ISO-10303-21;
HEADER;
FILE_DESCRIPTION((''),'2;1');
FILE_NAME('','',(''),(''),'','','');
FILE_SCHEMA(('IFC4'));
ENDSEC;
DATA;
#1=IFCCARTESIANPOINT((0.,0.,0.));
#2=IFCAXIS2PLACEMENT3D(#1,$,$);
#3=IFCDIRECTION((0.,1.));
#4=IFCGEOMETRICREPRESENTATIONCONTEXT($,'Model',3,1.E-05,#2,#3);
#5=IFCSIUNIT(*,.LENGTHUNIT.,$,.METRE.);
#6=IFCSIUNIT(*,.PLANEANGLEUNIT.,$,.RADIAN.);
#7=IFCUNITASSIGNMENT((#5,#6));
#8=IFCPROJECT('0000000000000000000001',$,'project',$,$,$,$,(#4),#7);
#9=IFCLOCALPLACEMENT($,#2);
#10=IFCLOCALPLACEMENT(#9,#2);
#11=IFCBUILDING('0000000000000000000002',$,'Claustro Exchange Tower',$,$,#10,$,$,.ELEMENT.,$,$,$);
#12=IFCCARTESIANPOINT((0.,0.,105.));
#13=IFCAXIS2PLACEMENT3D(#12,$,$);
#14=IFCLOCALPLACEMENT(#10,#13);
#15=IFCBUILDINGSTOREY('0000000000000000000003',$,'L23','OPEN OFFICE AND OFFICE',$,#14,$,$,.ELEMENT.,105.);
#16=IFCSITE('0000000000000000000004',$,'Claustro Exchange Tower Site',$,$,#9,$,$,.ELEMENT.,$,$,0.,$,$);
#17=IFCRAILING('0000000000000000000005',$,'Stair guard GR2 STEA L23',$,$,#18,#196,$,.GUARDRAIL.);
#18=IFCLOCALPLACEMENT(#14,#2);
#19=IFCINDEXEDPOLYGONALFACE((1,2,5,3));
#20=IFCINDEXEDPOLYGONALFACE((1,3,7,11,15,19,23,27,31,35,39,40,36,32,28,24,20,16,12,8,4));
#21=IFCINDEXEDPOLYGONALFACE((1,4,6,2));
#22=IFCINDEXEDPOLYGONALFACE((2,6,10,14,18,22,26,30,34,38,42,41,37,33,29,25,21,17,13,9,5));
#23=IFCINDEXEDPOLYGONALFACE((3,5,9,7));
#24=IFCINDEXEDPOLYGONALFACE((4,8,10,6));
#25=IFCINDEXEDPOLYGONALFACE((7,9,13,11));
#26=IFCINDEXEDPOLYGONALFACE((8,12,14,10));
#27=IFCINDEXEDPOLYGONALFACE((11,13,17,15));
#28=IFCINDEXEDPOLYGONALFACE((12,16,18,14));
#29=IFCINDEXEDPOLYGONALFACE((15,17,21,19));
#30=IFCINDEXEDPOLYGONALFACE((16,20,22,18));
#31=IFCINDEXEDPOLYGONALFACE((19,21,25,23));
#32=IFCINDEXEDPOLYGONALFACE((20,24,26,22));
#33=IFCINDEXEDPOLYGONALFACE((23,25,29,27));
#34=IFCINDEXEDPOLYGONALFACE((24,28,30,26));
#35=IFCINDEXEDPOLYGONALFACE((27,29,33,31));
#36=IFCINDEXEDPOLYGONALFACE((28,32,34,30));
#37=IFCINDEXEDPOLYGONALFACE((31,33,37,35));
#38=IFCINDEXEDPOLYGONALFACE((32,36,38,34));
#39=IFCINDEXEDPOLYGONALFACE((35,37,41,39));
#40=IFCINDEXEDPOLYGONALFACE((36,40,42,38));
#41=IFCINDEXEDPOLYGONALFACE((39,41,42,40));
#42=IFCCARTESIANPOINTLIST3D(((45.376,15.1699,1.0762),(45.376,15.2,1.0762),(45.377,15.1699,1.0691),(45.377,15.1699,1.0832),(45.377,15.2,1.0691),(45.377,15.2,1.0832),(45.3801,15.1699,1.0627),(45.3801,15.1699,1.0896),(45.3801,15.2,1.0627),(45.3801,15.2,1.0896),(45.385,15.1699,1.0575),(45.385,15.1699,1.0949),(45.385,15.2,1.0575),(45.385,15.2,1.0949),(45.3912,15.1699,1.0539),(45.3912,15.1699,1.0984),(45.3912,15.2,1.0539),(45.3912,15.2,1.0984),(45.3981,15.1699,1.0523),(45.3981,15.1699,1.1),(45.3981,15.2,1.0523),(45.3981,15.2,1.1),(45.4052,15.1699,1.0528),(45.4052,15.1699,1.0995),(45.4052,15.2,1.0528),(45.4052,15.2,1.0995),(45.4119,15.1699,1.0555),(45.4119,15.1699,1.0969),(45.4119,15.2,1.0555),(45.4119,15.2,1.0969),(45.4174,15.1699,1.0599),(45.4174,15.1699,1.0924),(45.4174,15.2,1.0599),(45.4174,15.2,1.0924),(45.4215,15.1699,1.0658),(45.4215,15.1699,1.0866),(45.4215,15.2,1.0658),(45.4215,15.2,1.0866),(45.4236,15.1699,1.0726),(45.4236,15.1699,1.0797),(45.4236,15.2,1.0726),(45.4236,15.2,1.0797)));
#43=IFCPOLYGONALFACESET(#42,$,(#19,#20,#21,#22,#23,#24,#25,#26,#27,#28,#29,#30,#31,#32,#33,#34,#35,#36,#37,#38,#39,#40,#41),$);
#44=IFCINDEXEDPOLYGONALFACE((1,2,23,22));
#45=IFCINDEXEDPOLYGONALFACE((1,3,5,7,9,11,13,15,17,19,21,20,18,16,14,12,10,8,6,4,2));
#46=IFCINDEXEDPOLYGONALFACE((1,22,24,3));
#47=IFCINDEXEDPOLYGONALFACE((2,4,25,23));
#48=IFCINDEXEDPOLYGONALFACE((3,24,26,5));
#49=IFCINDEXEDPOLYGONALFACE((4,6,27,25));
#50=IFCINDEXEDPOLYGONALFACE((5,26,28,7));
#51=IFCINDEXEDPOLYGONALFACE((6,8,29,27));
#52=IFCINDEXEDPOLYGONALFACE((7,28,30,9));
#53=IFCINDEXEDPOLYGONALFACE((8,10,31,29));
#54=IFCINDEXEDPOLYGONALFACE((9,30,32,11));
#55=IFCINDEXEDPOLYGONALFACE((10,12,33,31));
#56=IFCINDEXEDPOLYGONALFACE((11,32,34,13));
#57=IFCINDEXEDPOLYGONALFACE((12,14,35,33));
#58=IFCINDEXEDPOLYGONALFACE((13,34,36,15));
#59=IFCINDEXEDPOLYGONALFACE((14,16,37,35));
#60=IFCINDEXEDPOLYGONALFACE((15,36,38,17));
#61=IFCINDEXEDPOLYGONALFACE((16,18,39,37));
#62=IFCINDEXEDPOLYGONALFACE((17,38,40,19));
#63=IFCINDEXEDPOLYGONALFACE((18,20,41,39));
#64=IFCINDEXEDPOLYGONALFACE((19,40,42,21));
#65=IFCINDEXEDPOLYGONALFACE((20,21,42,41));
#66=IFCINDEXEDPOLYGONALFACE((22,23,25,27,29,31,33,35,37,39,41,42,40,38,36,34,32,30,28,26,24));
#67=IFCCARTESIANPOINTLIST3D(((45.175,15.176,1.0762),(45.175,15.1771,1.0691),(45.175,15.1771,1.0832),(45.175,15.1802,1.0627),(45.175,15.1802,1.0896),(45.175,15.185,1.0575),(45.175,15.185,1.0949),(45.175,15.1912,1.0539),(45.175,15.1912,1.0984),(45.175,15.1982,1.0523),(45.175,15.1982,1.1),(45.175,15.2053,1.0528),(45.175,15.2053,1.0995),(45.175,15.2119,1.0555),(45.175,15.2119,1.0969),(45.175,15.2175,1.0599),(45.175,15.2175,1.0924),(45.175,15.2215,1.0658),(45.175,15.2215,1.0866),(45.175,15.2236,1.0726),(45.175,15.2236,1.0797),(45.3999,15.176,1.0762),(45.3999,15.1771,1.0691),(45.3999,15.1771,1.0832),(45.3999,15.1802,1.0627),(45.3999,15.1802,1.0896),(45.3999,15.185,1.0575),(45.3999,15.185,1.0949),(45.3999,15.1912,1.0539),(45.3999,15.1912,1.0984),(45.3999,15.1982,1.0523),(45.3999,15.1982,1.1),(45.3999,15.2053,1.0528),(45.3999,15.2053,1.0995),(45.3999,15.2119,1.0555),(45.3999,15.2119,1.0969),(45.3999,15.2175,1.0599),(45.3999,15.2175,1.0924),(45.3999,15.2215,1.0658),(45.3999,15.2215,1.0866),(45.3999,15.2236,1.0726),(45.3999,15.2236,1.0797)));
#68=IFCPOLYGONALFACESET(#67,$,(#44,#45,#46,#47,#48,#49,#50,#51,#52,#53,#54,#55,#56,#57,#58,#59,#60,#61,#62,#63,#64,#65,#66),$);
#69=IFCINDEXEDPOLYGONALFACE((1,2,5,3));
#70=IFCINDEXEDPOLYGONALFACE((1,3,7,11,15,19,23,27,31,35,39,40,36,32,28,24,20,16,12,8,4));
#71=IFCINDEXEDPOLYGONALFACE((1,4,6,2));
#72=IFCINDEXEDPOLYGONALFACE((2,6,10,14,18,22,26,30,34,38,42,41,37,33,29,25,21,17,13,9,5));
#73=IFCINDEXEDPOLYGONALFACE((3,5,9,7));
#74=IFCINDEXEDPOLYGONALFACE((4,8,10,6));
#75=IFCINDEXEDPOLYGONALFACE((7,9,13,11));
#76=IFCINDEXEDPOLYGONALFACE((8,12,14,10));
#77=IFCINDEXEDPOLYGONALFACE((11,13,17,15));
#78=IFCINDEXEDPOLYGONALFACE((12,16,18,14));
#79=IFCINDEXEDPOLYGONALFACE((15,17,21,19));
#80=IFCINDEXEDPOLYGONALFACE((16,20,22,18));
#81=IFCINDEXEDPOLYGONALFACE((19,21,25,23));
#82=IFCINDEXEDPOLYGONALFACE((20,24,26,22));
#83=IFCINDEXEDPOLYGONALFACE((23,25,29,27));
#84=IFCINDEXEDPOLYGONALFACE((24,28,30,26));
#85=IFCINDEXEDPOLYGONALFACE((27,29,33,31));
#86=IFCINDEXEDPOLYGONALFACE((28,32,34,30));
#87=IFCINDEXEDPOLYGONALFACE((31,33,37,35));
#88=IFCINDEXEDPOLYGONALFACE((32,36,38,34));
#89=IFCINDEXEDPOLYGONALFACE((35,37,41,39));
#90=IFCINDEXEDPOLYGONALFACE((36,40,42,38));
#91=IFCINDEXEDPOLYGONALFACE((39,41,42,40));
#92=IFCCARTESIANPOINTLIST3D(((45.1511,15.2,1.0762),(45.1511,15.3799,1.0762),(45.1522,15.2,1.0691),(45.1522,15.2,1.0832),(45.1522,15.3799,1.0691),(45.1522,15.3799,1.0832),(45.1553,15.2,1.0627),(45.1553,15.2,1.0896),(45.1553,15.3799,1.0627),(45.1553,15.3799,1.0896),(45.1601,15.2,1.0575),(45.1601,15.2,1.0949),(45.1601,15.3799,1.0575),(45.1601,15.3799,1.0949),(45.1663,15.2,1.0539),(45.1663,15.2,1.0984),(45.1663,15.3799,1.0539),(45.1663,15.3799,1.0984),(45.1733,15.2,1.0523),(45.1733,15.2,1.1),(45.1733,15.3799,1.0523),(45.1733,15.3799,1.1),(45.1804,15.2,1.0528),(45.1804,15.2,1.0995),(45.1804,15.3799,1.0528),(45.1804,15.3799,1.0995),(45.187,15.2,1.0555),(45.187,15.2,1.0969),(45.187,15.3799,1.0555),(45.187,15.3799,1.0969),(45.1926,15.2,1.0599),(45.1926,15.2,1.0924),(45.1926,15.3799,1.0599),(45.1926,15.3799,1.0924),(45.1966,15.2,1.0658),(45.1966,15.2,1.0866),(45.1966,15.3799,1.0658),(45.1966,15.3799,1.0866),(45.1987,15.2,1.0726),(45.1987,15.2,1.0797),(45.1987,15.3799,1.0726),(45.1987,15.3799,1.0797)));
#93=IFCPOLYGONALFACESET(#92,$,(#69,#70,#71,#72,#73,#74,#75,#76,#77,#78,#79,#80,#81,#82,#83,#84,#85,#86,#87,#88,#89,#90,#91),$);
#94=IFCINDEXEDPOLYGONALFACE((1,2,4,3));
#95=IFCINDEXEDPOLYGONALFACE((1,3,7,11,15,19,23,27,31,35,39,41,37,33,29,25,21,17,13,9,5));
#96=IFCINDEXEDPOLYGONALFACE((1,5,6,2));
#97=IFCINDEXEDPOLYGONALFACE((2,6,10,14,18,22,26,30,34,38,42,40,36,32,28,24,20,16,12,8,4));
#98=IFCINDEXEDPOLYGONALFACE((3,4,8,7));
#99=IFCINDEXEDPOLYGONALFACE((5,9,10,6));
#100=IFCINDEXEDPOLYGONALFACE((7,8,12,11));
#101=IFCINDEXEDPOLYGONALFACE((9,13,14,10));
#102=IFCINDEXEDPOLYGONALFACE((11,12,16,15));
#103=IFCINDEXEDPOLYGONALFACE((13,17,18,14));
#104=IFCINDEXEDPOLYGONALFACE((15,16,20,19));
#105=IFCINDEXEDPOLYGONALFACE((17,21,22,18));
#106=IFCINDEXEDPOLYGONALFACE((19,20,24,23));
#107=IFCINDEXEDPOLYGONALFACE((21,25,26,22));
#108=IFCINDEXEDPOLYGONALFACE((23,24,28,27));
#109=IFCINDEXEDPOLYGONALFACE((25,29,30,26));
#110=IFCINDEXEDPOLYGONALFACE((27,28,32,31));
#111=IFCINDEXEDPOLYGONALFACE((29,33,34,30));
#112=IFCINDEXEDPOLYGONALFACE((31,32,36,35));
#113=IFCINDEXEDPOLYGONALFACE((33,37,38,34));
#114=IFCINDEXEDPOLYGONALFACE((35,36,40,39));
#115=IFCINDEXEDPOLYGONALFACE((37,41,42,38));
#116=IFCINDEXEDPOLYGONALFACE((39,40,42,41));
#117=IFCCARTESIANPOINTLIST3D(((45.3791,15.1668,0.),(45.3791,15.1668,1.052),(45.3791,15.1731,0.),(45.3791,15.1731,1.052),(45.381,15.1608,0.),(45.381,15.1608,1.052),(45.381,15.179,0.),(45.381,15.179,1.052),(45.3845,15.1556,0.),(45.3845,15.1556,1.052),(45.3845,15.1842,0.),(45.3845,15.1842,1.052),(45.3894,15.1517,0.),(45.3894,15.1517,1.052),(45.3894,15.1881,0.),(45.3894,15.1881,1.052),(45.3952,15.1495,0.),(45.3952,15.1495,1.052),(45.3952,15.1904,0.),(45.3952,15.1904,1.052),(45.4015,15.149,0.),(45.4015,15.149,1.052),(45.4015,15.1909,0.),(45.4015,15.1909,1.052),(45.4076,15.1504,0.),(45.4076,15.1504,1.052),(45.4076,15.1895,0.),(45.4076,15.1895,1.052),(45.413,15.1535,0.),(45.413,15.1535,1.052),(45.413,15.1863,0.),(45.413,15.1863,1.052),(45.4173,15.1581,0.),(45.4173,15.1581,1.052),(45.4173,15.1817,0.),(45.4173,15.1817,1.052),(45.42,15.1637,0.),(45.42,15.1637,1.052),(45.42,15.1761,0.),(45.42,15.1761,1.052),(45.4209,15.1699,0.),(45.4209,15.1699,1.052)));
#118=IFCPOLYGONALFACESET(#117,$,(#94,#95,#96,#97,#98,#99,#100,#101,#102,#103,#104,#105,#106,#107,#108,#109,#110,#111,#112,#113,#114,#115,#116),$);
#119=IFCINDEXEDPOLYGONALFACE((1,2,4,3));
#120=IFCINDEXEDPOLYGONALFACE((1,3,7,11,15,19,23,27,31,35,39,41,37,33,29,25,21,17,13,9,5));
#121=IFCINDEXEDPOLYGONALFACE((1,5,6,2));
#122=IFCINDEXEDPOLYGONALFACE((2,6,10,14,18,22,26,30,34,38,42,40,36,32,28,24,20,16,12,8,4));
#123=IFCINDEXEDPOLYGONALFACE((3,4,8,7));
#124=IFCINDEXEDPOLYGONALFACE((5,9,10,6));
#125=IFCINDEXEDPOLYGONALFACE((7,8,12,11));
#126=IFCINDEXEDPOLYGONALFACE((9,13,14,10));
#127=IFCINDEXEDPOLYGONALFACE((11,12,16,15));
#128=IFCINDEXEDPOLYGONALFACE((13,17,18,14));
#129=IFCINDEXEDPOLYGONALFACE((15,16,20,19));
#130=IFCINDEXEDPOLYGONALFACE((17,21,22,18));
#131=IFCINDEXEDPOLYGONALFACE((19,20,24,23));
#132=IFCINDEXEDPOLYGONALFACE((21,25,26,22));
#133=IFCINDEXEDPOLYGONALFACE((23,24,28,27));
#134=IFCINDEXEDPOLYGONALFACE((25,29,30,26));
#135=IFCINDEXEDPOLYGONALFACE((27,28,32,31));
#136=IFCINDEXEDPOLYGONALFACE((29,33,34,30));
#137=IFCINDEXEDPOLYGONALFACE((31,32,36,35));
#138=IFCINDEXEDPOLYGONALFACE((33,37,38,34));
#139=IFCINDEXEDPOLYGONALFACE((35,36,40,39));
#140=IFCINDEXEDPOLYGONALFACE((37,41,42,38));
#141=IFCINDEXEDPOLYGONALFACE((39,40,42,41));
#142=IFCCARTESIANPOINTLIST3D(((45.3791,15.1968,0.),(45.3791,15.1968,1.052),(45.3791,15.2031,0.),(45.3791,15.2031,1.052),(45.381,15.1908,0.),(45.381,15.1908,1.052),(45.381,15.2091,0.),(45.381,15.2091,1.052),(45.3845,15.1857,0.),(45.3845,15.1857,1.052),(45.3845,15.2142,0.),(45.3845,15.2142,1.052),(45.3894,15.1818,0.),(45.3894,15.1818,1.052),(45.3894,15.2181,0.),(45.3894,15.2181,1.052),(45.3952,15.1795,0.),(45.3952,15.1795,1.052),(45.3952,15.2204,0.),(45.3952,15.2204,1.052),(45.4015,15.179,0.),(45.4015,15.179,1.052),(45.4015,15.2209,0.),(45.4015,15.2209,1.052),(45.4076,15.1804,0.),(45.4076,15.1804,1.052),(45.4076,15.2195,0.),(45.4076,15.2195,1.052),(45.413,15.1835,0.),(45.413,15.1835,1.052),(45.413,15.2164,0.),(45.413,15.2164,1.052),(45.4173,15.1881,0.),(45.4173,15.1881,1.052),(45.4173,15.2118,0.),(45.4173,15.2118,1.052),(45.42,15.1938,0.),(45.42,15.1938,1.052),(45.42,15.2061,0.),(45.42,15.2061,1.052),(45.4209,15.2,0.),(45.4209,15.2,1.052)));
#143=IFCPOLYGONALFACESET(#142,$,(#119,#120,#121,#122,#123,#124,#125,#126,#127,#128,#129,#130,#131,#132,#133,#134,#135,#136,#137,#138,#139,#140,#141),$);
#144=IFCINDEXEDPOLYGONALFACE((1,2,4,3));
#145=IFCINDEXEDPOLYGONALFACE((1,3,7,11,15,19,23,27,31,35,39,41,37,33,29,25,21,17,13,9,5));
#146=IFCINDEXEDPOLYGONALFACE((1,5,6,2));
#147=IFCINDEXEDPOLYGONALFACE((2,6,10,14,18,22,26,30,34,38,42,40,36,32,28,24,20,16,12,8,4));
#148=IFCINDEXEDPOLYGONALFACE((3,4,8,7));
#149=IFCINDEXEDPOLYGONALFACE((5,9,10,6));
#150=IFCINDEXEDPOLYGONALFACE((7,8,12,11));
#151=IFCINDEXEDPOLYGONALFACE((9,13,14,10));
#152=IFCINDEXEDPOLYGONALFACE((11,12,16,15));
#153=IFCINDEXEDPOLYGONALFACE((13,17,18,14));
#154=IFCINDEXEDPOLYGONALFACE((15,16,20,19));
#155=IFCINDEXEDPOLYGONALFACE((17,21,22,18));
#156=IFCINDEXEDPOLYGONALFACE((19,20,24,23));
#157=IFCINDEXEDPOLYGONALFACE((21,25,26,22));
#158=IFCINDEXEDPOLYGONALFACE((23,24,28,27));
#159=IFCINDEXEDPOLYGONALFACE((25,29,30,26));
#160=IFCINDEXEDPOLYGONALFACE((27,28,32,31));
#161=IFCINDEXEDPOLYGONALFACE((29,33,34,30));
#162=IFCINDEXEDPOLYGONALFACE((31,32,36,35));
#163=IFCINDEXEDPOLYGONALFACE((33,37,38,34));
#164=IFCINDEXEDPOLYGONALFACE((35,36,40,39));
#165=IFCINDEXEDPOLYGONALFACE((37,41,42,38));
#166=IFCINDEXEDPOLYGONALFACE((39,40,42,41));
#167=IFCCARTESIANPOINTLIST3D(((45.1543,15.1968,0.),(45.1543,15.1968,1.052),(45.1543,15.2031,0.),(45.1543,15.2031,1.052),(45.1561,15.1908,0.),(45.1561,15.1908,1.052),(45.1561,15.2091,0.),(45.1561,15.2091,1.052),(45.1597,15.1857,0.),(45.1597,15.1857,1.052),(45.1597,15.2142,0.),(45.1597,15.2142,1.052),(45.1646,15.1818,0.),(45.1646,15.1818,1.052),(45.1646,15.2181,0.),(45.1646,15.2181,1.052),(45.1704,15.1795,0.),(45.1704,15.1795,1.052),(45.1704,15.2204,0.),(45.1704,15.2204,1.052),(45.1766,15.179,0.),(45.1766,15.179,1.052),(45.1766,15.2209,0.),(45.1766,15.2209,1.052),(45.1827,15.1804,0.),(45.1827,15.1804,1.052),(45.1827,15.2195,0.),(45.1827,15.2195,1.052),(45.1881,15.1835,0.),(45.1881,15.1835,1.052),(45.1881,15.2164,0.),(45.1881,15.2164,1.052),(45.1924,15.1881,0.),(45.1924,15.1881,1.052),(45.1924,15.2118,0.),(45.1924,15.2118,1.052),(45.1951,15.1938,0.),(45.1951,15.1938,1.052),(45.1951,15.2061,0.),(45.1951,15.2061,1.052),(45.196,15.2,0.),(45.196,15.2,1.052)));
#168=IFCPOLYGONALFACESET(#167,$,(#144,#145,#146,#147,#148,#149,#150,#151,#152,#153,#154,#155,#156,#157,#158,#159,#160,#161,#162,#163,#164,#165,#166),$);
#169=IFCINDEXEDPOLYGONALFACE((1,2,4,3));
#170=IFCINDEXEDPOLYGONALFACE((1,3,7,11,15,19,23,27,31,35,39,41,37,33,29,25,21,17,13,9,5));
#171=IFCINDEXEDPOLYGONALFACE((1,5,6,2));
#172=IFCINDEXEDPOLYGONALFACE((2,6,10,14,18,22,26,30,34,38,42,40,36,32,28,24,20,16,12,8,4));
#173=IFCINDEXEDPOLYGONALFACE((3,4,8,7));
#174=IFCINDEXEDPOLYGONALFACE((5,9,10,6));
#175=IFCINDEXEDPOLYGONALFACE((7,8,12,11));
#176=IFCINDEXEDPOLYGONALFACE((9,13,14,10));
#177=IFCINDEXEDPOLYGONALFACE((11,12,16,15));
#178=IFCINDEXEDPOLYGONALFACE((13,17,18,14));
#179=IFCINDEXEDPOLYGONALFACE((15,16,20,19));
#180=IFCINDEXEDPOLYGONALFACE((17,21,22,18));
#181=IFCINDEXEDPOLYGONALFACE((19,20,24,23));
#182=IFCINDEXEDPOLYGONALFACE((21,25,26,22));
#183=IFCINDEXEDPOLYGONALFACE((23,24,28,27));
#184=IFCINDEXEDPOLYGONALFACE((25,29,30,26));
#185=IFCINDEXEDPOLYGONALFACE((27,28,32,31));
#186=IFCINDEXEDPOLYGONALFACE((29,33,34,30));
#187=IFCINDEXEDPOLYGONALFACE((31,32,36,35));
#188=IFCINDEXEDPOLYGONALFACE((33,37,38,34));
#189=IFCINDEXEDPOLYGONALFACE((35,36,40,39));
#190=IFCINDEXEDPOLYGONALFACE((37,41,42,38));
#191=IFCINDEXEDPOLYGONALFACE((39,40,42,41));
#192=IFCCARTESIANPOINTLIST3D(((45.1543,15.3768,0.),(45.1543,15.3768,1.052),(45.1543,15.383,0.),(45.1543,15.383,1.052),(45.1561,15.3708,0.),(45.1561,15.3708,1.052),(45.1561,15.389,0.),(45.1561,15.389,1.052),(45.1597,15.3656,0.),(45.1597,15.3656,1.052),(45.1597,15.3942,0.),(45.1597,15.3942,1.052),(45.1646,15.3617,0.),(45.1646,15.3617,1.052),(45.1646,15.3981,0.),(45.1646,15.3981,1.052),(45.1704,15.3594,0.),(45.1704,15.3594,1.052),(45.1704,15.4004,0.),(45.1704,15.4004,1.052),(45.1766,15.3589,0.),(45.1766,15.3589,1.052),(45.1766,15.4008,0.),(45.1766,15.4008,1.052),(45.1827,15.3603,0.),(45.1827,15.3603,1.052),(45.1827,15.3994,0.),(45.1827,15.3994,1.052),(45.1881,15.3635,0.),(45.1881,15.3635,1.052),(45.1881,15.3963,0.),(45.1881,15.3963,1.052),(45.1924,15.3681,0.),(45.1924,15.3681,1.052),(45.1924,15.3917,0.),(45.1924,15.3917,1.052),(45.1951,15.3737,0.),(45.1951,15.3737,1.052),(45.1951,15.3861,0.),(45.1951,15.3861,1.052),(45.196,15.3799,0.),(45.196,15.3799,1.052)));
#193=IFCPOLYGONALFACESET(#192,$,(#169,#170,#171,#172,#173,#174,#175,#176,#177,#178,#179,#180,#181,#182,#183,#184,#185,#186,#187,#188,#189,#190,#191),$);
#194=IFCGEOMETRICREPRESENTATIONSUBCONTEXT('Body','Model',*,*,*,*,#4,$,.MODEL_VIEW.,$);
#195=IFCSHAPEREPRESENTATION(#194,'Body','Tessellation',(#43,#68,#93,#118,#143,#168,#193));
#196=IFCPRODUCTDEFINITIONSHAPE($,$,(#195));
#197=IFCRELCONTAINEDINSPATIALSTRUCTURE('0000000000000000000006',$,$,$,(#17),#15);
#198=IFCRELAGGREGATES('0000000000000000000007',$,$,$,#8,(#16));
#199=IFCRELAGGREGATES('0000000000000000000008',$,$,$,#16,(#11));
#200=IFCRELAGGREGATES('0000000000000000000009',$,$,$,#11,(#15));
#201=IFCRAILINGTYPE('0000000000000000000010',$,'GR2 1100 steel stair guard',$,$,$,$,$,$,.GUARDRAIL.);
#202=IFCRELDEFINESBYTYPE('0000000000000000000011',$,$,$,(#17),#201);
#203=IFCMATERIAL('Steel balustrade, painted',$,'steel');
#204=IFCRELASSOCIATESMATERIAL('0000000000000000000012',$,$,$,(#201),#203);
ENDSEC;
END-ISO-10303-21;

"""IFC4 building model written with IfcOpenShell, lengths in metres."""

from ifc_helpers import new_model, si_unit, direction, frame, origin, origin_2d, place, context, subcontext, project, spatial, circle, extrude, material, type_object, element, save


model = new_model("IFC4")

# Units and contexts
model_context = context("Model", 3, precision=1e-05, world=origin(), true_north=direction((0.0, 1.0)))
body_context = subcontext(model_context, "Body", "Model", "MODEL_VIEW")
ifc_project = project(units=[si_unit("LENGTHUNIT", "METRE"), si_unit("PLANEANGLEUNIT", "RADIAN")], contexts=[model_context])

# Site, building, storey
site_placement = place(None, origin())
site = spatial("IfcSite", under=ifc_project, at=site_placement, Name="Claustro Exchange Tower Site", CompositionType="ELEMENT", RefElevation=0.0)
building_placement = place(site_placement, origin())
building = spatial("IfcBuilding", under=site, at=building_placement, Name="Claustro Exchange Tower", CompositionType="ELEMENT")
storey_placement = place(building_placement, frame((0.0, 0.0, 105.0)))
storey = spatial("IfcBuildingStorey", under=building, at=storey_placement, Name="L23", Description="OPEN OFFICE AND OFFICE", CompositionType="ELEMENT", Elevation=105.0)

# Railing
ifc_material_1 = material(Name="Steel balustrade, painted", Category="steel")
railing_type_1 = type_object("IfcRailingType", Name="GR2 1100 steel stair guard", PredefinedType="GUARDRAIL", material=ifc_material_1)
railing_1_placement = place(storey_placement, frame((45.3999, 15.1699, 0.0)))
element("IfcRailing", 1, at=railing_1_placement, inside=storey, type_object=railing_type_1, Name="Stair guard GR2 STEA L23", PredefinedType="GUARDRAIL", context=body_context, shape_type="SweptSolid", body=[
    extrude(circle(Radius=0.0239, at=origin_2d()), frame((0.0, 0.0, 1.0762), z_axis=(0.0, 1.0, 0.0), x_axis=(-1.0, 0.0, 0.0)), (0.0, 0.0, 1.0), 0.03),
    extrude(circle(Radius=0.0239, at=origin_2d()), frame((0.0, 0.03, 1.0762), z_axis=(-1.0, 0.0, 0.0), x_axis=(0.0, -1.0, 0.0)), (0.0, 0.0, 1.0), 0.2249),
    extrude(circle(Radius=0.0239, at=origin_2d()), frame((-0.2249, 0.03, 1.0762), z_axis=(0.0, 1.0, 0.0), x_axis=(-1.0, 0.0, 0.0)), (0.0, 0.0, 1.0), 0.1799),
    extrude(circle(Radius=0.021, at=origin_2d()), origin(), (0.0, 0.0, 1.0), 1.052),
    extrude(circle(Radius=0.021, at=origin_2d()), frame((0.0, 0.03, 0.0)), (0.0, 0.0, 1.0), 1.052),
    extrude(circle(Radius=0.021, at=origin_2d()), frame((-0.2249, 0.03, 0.0)), (0.0, 0.0, 1.0), 1.052),
    extrude(circle(Radius=0.021, at=origin_2d()), frame((-0.2249, 0.21, 0.0)), (0.0, 0.0, 1.0), 1.052),
])

save(model, "model.ifc")
